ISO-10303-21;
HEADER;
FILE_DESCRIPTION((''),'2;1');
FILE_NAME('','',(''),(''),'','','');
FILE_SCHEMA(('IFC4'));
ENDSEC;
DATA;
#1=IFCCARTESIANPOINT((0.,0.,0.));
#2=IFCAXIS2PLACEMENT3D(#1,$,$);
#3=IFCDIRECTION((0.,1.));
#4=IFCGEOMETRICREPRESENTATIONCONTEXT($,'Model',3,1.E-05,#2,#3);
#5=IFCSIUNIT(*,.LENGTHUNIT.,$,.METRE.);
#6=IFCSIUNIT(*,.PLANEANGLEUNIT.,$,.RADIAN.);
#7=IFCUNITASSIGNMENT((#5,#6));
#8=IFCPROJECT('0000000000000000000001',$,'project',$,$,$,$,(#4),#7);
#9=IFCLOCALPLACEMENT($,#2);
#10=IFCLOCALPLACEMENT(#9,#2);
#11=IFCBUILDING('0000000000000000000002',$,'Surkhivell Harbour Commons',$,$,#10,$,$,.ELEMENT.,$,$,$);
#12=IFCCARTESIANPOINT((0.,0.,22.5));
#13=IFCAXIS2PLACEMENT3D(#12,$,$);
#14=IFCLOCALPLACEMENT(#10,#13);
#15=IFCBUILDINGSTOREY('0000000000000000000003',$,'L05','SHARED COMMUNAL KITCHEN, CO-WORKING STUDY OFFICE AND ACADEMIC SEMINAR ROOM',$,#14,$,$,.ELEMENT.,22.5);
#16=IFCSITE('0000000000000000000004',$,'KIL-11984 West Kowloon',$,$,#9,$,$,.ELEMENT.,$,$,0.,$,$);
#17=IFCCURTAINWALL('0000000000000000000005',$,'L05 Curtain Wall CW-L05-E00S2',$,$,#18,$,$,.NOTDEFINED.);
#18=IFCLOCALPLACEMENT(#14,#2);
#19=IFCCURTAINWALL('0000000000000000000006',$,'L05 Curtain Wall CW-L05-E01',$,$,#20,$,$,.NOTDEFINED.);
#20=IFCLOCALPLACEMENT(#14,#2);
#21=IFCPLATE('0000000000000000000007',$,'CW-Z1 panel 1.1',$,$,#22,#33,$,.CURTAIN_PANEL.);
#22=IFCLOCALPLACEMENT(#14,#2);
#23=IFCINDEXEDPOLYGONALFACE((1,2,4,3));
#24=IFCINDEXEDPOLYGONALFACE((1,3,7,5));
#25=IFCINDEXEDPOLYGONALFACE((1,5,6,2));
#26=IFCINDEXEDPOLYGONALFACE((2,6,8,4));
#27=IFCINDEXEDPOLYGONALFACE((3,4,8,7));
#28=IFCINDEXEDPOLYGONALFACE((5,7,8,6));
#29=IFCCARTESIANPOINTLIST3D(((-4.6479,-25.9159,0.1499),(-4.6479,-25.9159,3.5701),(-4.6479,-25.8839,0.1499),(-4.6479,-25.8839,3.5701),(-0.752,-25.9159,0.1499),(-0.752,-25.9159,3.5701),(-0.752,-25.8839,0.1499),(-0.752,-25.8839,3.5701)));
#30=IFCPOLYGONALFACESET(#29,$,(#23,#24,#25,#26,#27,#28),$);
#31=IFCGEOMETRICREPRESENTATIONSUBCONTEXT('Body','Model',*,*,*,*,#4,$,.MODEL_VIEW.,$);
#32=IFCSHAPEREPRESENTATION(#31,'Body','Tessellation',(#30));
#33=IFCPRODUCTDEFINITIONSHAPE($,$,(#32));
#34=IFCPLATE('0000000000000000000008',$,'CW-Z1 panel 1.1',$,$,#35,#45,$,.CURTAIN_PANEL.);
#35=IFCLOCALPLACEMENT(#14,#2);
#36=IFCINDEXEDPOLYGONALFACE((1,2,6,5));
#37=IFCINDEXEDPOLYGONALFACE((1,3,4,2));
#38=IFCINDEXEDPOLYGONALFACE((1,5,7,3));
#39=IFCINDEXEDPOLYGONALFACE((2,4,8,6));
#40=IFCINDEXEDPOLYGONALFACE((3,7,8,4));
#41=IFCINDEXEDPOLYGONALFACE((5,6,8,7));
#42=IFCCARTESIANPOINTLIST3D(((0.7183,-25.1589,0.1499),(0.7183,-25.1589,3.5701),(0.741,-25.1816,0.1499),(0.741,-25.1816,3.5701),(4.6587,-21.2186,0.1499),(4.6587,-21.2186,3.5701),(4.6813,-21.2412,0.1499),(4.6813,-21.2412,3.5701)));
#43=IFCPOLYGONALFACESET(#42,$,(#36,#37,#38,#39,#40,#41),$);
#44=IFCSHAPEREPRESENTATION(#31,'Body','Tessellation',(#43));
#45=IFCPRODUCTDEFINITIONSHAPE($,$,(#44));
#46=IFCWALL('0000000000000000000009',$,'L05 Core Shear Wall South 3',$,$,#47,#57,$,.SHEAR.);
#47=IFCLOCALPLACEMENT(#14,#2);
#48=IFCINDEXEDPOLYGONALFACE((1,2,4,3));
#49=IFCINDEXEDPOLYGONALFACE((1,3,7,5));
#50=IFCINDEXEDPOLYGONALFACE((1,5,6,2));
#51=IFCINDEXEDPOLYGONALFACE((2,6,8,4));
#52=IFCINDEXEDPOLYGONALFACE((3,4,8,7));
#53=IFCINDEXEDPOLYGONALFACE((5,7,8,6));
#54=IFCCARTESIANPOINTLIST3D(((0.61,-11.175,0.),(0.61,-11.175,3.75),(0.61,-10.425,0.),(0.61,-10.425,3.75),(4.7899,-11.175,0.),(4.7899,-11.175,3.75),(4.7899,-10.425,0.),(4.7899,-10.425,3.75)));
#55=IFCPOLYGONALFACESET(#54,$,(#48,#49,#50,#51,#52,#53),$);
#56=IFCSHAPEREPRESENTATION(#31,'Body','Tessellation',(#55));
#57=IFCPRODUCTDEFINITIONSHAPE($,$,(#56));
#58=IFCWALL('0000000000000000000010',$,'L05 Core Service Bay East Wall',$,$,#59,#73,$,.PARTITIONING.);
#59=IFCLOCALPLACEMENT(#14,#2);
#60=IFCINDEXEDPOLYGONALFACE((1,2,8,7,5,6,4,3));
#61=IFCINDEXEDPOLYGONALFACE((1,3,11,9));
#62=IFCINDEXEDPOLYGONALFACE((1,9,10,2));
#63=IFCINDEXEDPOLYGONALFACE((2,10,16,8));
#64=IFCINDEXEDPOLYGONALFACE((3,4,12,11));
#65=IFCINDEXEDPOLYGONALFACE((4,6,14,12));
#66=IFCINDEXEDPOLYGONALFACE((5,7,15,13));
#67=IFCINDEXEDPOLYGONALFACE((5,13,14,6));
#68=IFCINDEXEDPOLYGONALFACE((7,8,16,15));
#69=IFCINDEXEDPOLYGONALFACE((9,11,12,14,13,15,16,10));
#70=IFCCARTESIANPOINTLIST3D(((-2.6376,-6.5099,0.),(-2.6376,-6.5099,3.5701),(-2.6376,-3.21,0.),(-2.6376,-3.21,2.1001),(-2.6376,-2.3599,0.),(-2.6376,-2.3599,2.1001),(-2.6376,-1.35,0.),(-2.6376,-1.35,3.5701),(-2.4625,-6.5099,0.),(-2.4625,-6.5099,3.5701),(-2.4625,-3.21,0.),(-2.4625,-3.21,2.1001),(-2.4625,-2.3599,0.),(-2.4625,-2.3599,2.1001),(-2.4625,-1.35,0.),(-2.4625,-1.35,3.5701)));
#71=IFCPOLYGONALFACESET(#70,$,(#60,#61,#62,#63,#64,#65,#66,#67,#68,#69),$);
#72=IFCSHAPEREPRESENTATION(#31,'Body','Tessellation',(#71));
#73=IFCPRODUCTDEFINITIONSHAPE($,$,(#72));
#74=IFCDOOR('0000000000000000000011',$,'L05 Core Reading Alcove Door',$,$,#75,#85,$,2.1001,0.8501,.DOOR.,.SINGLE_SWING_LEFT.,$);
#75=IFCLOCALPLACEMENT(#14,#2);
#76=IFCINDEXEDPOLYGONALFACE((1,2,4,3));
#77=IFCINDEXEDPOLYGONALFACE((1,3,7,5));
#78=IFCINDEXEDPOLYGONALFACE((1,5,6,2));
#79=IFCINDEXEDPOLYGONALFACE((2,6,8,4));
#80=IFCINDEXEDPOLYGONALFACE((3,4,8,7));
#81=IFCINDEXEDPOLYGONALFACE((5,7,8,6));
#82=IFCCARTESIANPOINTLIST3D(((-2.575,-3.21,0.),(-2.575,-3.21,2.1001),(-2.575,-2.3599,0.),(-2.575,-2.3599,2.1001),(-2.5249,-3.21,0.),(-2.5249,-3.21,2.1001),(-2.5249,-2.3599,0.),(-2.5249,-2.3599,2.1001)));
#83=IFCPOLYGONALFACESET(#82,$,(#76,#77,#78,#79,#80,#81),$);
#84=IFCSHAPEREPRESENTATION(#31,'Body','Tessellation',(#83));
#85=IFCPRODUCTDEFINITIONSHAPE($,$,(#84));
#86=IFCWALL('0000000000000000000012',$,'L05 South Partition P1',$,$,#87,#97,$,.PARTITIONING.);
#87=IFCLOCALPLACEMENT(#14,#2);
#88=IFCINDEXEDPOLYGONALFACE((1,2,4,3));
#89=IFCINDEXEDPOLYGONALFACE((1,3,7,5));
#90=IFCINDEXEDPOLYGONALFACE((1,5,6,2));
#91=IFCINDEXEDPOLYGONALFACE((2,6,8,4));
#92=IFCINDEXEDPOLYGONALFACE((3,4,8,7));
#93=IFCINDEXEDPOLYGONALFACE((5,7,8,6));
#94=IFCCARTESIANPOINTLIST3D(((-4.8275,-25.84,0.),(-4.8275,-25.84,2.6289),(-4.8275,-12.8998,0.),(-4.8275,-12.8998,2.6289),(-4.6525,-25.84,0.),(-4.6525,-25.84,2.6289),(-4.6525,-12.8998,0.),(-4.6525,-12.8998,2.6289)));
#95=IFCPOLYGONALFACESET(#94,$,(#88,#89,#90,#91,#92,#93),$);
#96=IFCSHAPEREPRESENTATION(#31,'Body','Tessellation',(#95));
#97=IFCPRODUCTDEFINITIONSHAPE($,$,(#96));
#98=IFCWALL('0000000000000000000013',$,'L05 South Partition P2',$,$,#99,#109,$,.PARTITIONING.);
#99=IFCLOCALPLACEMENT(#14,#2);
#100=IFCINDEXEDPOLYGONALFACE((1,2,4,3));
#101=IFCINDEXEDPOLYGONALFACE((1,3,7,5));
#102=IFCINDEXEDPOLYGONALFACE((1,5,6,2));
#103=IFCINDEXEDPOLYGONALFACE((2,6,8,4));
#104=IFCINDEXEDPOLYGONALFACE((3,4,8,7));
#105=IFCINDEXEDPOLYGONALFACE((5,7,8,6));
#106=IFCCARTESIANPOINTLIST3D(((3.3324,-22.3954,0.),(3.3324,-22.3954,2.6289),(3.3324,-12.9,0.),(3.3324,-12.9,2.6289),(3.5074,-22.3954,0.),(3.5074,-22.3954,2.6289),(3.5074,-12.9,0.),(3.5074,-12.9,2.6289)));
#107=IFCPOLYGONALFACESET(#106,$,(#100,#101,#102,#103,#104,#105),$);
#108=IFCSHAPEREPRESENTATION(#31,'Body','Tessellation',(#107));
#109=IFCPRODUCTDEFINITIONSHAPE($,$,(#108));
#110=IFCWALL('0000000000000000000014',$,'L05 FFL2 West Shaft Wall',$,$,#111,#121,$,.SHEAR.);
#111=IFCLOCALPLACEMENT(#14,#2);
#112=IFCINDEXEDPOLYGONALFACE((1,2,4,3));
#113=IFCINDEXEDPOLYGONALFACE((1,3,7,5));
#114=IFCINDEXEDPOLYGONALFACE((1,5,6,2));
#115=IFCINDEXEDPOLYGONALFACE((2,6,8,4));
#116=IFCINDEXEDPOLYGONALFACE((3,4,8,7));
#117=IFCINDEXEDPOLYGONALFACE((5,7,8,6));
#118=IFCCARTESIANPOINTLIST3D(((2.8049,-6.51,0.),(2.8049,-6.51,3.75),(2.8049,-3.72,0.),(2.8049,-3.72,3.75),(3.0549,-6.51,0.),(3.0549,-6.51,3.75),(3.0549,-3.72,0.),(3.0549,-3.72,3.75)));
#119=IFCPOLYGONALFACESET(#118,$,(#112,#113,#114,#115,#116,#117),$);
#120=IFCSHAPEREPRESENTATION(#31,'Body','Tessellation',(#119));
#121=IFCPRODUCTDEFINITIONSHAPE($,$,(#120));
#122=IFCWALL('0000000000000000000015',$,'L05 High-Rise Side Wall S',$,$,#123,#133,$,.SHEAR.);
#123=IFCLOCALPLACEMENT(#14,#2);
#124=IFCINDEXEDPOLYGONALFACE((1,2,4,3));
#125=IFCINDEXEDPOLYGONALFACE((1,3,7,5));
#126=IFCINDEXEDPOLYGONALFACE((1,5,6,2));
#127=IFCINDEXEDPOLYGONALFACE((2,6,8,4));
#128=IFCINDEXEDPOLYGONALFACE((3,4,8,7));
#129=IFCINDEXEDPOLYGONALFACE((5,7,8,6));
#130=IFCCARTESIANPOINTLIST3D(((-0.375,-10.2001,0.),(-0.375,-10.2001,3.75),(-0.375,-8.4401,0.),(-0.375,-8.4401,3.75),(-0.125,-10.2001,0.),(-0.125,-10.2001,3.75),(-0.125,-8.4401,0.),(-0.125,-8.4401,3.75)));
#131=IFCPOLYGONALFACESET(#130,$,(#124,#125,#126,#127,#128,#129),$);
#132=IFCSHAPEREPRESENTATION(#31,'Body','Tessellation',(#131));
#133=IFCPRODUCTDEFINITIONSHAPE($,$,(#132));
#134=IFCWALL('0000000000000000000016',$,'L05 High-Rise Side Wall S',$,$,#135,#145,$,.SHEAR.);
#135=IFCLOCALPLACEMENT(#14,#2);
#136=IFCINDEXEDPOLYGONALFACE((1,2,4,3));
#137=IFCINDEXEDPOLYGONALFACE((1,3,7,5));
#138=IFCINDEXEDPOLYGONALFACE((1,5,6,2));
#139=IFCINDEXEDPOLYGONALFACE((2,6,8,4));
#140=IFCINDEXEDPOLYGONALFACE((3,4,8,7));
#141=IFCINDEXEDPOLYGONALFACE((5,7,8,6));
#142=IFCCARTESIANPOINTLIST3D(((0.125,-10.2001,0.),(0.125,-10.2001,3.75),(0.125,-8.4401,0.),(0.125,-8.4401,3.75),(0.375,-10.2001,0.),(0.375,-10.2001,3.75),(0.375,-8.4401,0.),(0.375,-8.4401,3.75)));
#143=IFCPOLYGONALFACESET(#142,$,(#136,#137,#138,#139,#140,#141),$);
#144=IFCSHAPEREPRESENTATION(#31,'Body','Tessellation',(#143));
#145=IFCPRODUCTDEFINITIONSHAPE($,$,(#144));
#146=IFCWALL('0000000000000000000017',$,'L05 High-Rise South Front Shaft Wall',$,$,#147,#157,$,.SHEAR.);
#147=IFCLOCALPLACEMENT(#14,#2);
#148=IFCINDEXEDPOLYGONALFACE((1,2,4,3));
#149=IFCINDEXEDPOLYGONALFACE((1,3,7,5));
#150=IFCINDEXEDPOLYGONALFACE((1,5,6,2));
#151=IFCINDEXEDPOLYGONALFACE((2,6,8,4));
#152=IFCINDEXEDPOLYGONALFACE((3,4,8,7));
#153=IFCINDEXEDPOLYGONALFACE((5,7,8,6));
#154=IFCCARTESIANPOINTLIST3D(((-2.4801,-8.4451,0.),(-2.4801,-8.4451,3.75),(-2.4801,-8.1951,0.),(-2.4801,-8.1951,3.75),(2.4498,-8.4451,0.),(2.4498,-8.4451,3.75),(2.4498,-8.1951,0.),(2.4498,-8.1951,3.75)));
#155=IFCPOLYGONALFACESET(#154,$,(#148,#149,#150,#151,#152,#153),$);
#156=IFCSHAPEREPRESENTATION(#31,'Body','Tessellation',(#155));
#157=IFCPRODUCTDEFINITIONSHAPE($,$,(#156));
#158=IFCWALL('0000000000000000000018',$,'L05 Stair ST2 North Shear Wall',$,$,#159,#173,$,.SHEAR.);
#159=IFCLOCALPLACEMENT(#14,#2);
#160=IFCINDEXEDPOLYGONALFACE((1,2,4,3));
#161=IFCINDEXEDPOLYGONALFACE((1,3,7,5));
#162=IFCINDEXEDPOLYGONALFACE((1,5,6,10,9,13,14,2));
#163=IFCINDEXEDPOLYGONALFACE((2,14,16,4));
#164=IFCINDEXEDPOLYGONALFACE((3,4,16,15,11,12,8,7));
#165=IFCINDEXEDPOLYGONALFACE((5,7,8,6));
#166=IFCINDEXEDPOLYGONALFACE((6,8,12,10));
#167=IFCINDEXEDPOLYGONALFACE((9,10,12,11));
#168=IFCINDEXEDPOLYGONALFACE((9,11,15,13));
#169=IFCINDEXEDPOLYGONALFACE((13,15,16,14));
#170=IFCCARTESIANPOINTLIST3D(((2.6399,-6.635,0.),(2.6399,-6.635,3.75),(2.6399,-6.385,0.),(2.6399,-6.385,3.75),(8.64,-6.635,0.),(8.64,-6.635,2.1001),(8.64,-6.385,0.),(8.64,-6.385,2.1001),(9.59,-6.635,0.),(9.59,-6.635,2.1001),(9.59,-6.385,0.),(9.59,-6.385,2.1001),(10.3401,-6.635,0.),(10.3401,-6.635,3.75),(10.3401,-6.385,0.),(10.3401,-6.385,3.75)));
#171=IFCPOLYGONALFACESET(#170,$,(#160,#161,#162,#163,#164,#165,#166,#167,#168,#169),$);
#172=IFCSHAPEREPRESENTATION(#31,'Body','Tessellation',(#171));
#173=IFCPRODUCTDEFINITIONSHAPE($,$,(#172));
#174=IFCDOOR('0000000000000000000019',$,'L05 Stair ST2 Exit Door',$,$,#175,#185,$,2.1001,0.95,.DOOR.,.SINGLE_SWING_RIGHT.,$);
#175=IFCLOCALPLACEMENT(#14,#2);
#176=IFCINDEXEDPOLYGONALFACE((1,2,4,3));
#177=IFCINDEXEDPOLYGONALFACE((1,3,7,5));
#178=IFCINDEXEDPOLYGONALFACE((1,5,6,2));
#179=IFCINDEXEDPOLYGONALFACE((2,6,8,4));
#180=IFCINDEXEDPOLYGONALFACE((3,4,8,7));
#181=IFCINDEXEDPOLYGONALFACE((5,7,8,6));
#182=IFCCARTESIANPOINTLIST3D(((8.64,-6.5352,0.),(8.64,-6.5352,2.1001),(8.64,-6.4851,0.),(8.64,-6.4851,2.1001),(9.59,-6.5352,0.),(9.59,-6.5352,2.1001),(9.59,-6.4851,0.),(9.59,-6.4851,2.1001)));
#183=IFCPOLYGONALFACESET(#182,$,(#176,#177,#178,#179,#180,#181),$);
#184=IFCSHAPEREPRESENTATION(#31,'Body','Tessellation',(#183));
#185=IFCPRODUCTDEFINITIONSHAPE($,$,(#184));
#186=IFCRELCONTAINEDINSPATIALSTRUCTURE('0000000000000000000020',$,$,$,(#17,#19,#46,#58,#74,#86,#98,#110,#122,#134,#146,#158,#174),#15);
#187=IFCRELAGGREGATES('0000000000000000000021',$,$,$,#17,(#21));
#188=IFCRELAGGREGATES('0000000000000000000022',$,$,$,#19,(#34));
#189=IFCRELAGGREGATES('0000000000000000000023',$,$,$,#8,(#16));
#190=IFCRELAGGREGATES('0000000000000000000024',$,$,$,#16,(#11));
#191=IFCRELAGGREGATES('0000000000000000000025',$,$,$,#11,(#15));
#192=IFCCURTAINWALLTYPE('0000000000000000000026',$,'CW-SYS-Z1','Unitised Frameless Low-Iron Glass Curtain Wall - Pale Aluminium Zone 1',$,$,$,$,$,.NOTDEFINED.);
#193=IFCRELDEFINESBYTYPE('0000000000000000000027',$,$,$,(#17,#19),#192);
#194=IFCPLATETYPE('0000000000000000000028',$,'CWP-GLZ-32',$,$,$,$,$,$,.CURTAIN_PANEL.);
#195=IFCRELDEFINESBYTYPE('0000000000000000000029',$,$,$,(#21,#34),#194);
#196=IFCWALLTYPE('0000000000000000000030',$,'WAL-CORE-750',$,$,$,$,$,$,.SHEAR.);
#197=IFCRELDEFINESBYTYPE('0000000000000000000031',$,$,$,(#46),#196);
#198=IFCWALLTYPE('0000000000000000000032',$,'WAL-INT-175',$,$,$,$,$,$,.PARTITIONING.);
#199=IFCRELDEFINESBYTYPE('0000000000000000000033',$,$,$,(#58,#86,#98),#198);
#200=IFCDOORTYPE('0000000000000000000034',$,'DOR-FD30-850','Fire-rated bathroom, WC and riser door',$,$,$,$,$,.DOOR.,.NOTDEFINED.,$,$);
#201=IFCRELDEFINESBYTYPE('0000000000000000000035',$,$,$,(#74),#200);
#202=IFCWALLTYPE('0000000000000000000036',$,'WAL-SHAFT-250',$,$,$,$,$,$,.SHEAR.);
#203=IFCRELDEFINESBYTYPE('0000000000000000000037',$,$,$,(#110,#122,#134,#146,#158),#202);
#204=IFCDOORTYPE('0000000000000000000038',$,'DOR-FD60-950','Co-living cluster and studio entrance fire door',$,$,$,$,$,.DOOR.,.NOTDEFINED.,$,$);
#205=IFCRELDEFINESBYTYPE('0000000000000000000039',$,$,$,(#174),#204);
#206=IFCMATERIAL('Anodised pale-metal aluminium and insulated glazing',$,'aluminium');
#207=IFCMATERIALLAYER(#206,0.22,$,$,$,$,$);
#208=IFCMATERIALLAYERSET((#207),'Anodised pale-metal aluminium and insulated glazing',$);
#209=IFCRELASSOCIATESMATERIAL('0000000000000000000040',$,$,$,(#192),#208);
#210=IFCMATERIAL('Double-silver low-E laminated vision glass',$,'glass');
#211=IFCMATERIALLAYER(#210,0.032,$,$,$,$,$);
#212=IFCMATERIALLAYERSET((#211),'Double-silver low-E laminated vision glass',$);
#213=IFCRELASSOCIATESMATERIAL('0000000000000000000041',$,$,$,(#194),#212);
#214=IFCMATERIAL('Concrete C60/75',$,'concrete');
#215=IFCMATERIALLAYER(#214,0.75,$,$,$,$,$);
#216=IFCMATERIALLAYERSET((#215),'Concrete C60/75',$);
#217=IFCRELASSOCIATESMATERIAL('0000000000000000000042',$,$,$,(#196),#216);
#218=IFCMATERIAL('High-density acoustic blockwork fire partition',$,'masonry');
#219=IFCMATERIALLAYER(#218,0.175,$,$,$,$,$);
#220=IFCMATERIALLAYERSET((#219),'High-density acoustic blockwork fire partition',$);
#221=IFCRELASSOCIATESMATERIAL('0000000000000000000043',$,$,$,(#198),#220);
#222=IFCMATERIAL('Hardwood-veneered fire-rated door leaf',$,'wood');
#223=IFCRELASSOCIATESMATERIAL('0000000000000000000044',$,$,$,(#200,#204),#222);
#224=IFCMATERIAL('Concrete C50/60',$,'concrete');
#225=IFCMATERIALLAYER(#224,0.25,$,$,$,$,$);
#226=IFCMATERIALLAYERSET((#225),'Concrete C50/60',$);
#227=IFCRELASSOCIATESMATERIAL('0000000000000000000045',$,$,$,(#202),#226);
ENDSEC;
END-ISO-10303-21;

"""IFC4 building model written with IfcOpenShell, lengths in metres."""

from ifc_helpers import new_model, si_unit, direction, frame, frame_2d, origin, place, context, subcontext, project, spatial, rectangle, extrude, material, layer, layer_set, type_object, element, fill, aggregate, save


model = new_model("IFC4")

# Units and contexts
model_context = context("Model", 3, precision=1e-05, world=origin(), true_north=direction((0.0, 1.0)))
body_context = subcontext(model_context, "Body", "Model", "MODEL_VIEW")
ifc_project = project(units=[si_unit("LENGTHUNIT", "METRE"), si_unit("PLANEANGLEUNIT", "RADIAN")], contexts=[model_context])

# Site, building, storey
site_placement = place(None, origin())
site = spatial("IfcSite", under=ifc_project, at=site_placement, Name="KIL-11984 West Kowloon", CompositionType="ELEMENT", RefElevation=0.0)
building_placement = place(site_placement, origin())
building = spatial("IfcBuilding", under=site, at=building_placement, Name="Surkhivell Harbour Commons", CompositionType="ELEMENT")
storey_placement = place(building_placement, frame((0.0, 0.0, 22.5)))
storey = spatial("IfcBuildingStorey", under=building, at=storey_placement, Name="L05", Description="SHARED COMMUNAL KITCHEN, CO-WORKING STUDY OFFICE AND ACADEMIC SEMINAR ROOM", CompositionType="ELEMENT", Elevation=22.5)

# Curtain wall
ifc_material_1 = material(Name="Anodised pale-metal aluminium and insulated glazing", Category="aluminium")
ifc_layer_1 = layer(ifc_material_1, 0.22)
ifc_layer_set_1 = layer_set([ifc_layer_1], Name="Anodised pale-metal aluminium and insulated glazing")
curtain_wall_type = type_object("IfcCurtainWallType", Name="CW-SYS-Z1", Description="Unitised Frameless Low-Iron Glass Curtain Wall - Pale Aluminium Zone 1", PredefinedType="NOTDEFINED", material=ifc_layer_set_1)
curtain_wall_1_placement = place(storey_placement, origin())
curtain_wall_1 = element("IfcCurtainWall", 1, at=curtain_wall_1_placement, inside=storey, type_object=curtain_wall_type, Name="L05 Curtain Wall CW-L05-E00S2", PredefinedType="NOTDEFINED")

# Curtain wall
curtain_wall_2_placement = place(storey_placement, origin())
curtain_wall_2 = element("IfcCurtainWall", 2, at=curtain_wall_2_placement, inside=storey, type_object=curtain_wall_type, Name="L05 Curtain Wall CW-L05-E01", PredefinedType="NOTDEFINED")

# Plates
ifc_material_2 = material(Name="Double-silver low-E laminated vision glass", Category="glass")
ifc_layer_2 = layer(ifc_material_2, 0.032)
ifc_layer_set_2 = layer_set([ifc_layer_2], Name="Double-silver low-E laminated vision glass")
plate_type = type_object("IfcPlateType", Name="CWP-GLZ-32", PredefinedType="CURTAIN_PANEL", material=ifc_layer_set_2)
plate_1_placement = place(storey_placement, frame((-4.6479, -25.8999, 0.1499), z_axis=(0.0, 0.0, 1.0), x_axis=(1.0, 0.0, 0.0)))
plate_1 = element("IfcPlate", 3, at=plate_1_placement, type_object=plate_type, Name="CW-Z1 panel 1.1", PredefinedType="CURTAIN_PANEL", context=body_context, shape_type="SweptSolid", body=[
    extrude(rectangle(XDim=3.896, YDim=0.032, at=frame_2d((1.948, 0.0))), origin(), (0.0, 0.0, 1.0), 3.4202),
])
aggregate(curtain_wall_1, [plate_1])
plate_2_placement = place(storey_placement, frame((0.7297, -25.1702, 0.1499), z_axis=(0.0, 0.0, 1.0), x_axis=(0.707107, 0.707107, 0.0)))
plate_2 = element("IfcPlate", 4, at=plate_2_placement, type_object=plate_type, Name="CW-Z1 panel 1.1", PredefinedType="CURTAIN_PANEL", context=body_context, shape_type="SweptSolid", body=[
    extrude(rectangle(XDim=5.5725, YDim=0.032, at=frame_2d((2.7861, 0.0))), origin(), (0.0, 0.0, 1.0), 3.4202),
])
aggregate(curtain_wall_2, [plate_2])

# Wall
ifc_material_3 = material(Name="Concrete C60/75", Category="concrete")
ifc_layer_3 = layer(ifc_material_3, 0.75)
ifc_layer_set_3 = layer_set([ifc_layer_3], Name="Concrete C60/75")
wall_type_1 = type_object("IfcWallType", Name="WAL-CORE-750", PredefinedType="SHEAR", material=ifc_layer_set_3)
wall_1_placement = place(storey_placement, frame((0.6101, -10.8, 0.0), z_axis=(0.0, 0.0, 1.0), x_axis=(1.0, 0.0, 0.0)))
element("IfcWall", 5, at=wall_1_placement, inside=storey, type_object=wall_type_1, Name="L05 Core Shear Wall South 3", PredefinedType="SHEAR", context=body_context, shape_type="SweptSolid", body=[
    extrude(rectangle(XDim=4.1799, YDim=0.75, at=frame_2d((2.0898, 0.0))), origin(), (0.0, 0.0, 1.0), 3.75),
])

# Wall, opening, door
ifc_material_4 = material(Name="High-density acoustic blockwork fire partition", Category="masonry")
ifc_layer_4 = layer(ifc_material_4, 0.175)
ifc_layer_set_4 = layer_set([ifc_layer_4], Name="High-density acoustic blockwork fire partition")
wall_type_2 = type_object("IfcWallType", Name="WAL-INT-175", PredefinedType="PARTITIONING", material=ifc_layer_set_4)
wall_2_placement = place(storey_placement, frame((-2.55, -6.51, 0.0), z_axis=(0.0, 0.0, 1.0), x_axis=(0.0, 1.0, 0.0)))
wall_2 = element("IfcWall", 6, at=wall_2_placement, inside=storey, type_object=wall_type_2, Name="L05 Core Service Bay East Wall", PredefinedType="PARTITIONING", context=body_context, shape_type="SweptSolid", body=[
    extrude(rectangle(XDim=5.1599, YDim=0.175, at=frame_2d((2.5801, 0.0))), origin(), (0.0, 0.0, 1.0), 3.5701),
])
opening_1_placement = place(wall_2_placement, frame((3.3, 0.0, 0.0)))
opening_1 = element("IfcOpeningElement", 7, at=opening_1_placement, cuts=wall_2, PredefinedType="OPENING", context=body_context, shape_type="SweptSolid", body=[
    extrude(rectangle(XDim=0.8501, YDim=2.1001, at=frame_2d((0.425, 1.05))), frame((0.0, 0.0974, 0.0), z_axis=(0.0, -1.0, 0.0), x_axis=(1.0, 0.0, 0.0)), (0.0, 0.0, 1.0), 0.1951),
])
ifc_material_5 = material(Name="Hardwood-veneered fire-rated door leaf", Category="wood")
door_type_1 = type_object("IfcDoorType", Name="DOR-FD30-850", Description="Fire-rated bathroom, WC and riser door", OperationType="NOTDEFINED", PredefinedType="DOOR", material=ifc_material_5)
door_1_placement = place(opening_1_placement, origin())
door_1 = element("IfcDoor", 8, at=door_1_placement, inside=storey, type_object=door_type_1, Name="L05 Core Reading Alcove Door", OperationType="SINGLE_SWING_LEFT", OverallHeight=2.1001, OverallWidth=0.8501, PredefinedType="DOOR", context=body_context, shape_type="SweptSolid", body=[
    extrude(rectangle(XDim=0.8501, YDim=2.1001, at=frame_2d((0.425, 1.05))), frame((0.0, 0.0249, 0.0), z_axis=(0.0, -1.0, 0.0), x_axis=(1.0, 0.0, 0.0)), (0.0, 0.0, 1.0), 0.05),
])
fill(opening_1, door_1)

# Walls
wall_3_placement = place(storey_placement, frame((-4.74, -25.8401, 0.0), z_axis=(0.0, 0.0, 1.0), x_axis=(0.0, 1.0, 0.0)))
element("IfcWall", 9, at=wall_3_placement, inside=storey, type_object=wall_type_2, Name="L05 South Partition P1", PredefinedType="PARTITIONING", context=body_context, shape_type="SweptSolid", body=[
    extrude(rectangle(XDim=12.9402, YDim=0.175, at=frame_2d((6.4702, 0.0))), origin(), (0.0, 0.0, 1.0), 2.6289),
])
wall_4_placement = place(storey_placement, frame((3.4199, -22.3953, 0.0), z_axis=(0.0, 0.0, 1.0), x_axis=(0.0, 1.0, 0.0)))
element("IfcWall", 10, at=wall_4_placement, inside=storey, type_object=wall_type_2, Name="L05 South Partition P2", PredefinedType="PARTITIONING", context=body_context, shape_type="SweptSolid", body=[
    extrude(rectangle(XDim=9.4954, YDim=0.175, at=frame_2d((4.7476, 0.0))), origin(), (0.0, 0.0, 1.0), 2.6289),
])
ifc_material_6 = material(Name="Concrete C50/60", Category="concrete")
ifc_layer_5 = layer(ifc_material_6, 0.25)
ifc_layer_set_5 = layer_set([ifc_layer_5], Name="Concrete C50/60")
wall_type_3 = type_object("IfcWallType", Name="WAL-SHAFT-250", PredefinedType="SHEAR", material=ifc_layer_set_5)
wall_5_placement = place(storey_placement, frame((2.9299, -6.51, 0.0), z_axis=(0.0, 0.0, 1.0), x_axis=(0.0, 1.0, 0.0)))
element("IfcWall", 11, at=wall_5_placement, inside=storey, type_object=wall_type_3, Name="L05 FFL2 West Shaft Wall", PredefinedType="SHEAR", context=body_context, shape_type="SweptSolid", body=[
    extrude(rectangle(XDim=2.79, YDim=0.25, at=frame_2d((1.395, 0.0))), origin(), (0.0, 0.0, 1.0), 3.75),
])
for number, where, z_axis, x_axis, name in (
    (12, (-0.25, -10.2, 0.0), (0.0, 0.0, 1.0), (0.0, 1.0, 0.0), "L05 High-Rise Side Wall S"),
    (13, (0.25, -10.2, 0.0), (0.0, 0.0, 1.0), (0.0, 1.0, 0.0), "L05 High-Rise Side Wall S"),
):
    element("IfcWall", number, at=place(storey_placement, frame(where, z_axis=z_axis, x_axis=x_axis)), inside=storey, type_object=wall_type_3, Name=name, PredefinedType="SHEAR", context=body_context, shape_type="SweptSolid", body=[
        extrude(rectangle(XDim=1.76, YDim=0.25, at=frame_2d((0.8799, 0.0))), origin(), (0.0, 0.0, 1.0), 3.75),
    ])
wall_6_placement = place(storey_placement, frame((-2.48, -8.3201, 0.0), z_axis=(0.0, 0.0, 1.0), x_axis=(1.0, 0.0, 0.0)))
element("IfcWall", 14, at=wall_6_placement, inside=storey, type_object=wall_type_3, Name="L05 High-Rise South Front Shaft Wall", PredefinedType="SHEAR", context=body_context, shape_type="SweptSolid", body=[
    extrude(rectangle(XDim=4.9299, YDim=0.25, at=frame_2d((2.4648, 0.0))), origin(), (0.0, 0.0, 1.0), 3.75),
])

# Wall, opening, door
wall_7_placement = place(storey_placement, frame((2.6399, -6.51, 0.0), z_axis=(0.0, 0.0, 1.0), x_axis=(1.0, 0.0, 0.0)))
wall_7 = element("IfcWall", 15, at=wall_7_placement, inside=storey, type_object=wall_type_3, Name="L05 Stair ST2 North Shear Wall", PredefinedType="SHEAR", context=body_context, shape_type="SweptSolid", body=[
    extrude(rectangle(XDim=7.7002, YDim=0.25, at=frame_2d((3.8501, 0.0))), origin(), (0.0, 0.0, 1.0), 3.75),
])
opening_2_placement = place(wall_7_placement, frame((6.0, 0.0, 0.0)))
opening_2 = element("IfcOpeningElement", 16, at=opening_2_placement, cuts=wall_7, PredefinedType="OPENING", context=body_context, shape_type="SweptSolid", body=[
    extrude(rectangle(XDim=0.95, YDim=2.1001, at=frame_2d((0.4751, 1.05))), frame((0.0, 0.135, 0.0), z_axis=(0.0, -1.0, 0.0), x_axis=(1.0, 0.0, 0.0)), (0.0, 0.0, 1.0), 0.27),
])
door_type_2 = type_object("IfcDoorType", Name="DOR-FD60-950", Description="Co-living cluster and studio entrance fire door", OperationType="NOTDEFINED", PredefinedType="DOOR", material=ifc_material_5)
door_2_placement = place(opening_2_placement, origin())
door_2 = element("IfcDoor", 17, at=door_2_placement, inside=storey, type_object=door_type_2, Name="L05 Stair ST2 Exit Door", OperationType="SINGLE_SWING_RIGHT", OverallHeight=2.1001, OverallWidth=0.95, PredefinedType="DOOR", context=body_context, shape_type="SweptSolid", body=[
    extrude(rectangle(XDim=0.95, YDim=2.1001, at=frame_2d((0.4751, 1.05))), frame((0.0, 0.0249, 0.0), z_axis=(0.0, -1.0, 0.0), x_axis=(1.0, 0.0, 0.0)), (0.0, 0.0, 1.0), 0.05),
])
fill(opening_2, door_2)

save(model, "model.ifc")
